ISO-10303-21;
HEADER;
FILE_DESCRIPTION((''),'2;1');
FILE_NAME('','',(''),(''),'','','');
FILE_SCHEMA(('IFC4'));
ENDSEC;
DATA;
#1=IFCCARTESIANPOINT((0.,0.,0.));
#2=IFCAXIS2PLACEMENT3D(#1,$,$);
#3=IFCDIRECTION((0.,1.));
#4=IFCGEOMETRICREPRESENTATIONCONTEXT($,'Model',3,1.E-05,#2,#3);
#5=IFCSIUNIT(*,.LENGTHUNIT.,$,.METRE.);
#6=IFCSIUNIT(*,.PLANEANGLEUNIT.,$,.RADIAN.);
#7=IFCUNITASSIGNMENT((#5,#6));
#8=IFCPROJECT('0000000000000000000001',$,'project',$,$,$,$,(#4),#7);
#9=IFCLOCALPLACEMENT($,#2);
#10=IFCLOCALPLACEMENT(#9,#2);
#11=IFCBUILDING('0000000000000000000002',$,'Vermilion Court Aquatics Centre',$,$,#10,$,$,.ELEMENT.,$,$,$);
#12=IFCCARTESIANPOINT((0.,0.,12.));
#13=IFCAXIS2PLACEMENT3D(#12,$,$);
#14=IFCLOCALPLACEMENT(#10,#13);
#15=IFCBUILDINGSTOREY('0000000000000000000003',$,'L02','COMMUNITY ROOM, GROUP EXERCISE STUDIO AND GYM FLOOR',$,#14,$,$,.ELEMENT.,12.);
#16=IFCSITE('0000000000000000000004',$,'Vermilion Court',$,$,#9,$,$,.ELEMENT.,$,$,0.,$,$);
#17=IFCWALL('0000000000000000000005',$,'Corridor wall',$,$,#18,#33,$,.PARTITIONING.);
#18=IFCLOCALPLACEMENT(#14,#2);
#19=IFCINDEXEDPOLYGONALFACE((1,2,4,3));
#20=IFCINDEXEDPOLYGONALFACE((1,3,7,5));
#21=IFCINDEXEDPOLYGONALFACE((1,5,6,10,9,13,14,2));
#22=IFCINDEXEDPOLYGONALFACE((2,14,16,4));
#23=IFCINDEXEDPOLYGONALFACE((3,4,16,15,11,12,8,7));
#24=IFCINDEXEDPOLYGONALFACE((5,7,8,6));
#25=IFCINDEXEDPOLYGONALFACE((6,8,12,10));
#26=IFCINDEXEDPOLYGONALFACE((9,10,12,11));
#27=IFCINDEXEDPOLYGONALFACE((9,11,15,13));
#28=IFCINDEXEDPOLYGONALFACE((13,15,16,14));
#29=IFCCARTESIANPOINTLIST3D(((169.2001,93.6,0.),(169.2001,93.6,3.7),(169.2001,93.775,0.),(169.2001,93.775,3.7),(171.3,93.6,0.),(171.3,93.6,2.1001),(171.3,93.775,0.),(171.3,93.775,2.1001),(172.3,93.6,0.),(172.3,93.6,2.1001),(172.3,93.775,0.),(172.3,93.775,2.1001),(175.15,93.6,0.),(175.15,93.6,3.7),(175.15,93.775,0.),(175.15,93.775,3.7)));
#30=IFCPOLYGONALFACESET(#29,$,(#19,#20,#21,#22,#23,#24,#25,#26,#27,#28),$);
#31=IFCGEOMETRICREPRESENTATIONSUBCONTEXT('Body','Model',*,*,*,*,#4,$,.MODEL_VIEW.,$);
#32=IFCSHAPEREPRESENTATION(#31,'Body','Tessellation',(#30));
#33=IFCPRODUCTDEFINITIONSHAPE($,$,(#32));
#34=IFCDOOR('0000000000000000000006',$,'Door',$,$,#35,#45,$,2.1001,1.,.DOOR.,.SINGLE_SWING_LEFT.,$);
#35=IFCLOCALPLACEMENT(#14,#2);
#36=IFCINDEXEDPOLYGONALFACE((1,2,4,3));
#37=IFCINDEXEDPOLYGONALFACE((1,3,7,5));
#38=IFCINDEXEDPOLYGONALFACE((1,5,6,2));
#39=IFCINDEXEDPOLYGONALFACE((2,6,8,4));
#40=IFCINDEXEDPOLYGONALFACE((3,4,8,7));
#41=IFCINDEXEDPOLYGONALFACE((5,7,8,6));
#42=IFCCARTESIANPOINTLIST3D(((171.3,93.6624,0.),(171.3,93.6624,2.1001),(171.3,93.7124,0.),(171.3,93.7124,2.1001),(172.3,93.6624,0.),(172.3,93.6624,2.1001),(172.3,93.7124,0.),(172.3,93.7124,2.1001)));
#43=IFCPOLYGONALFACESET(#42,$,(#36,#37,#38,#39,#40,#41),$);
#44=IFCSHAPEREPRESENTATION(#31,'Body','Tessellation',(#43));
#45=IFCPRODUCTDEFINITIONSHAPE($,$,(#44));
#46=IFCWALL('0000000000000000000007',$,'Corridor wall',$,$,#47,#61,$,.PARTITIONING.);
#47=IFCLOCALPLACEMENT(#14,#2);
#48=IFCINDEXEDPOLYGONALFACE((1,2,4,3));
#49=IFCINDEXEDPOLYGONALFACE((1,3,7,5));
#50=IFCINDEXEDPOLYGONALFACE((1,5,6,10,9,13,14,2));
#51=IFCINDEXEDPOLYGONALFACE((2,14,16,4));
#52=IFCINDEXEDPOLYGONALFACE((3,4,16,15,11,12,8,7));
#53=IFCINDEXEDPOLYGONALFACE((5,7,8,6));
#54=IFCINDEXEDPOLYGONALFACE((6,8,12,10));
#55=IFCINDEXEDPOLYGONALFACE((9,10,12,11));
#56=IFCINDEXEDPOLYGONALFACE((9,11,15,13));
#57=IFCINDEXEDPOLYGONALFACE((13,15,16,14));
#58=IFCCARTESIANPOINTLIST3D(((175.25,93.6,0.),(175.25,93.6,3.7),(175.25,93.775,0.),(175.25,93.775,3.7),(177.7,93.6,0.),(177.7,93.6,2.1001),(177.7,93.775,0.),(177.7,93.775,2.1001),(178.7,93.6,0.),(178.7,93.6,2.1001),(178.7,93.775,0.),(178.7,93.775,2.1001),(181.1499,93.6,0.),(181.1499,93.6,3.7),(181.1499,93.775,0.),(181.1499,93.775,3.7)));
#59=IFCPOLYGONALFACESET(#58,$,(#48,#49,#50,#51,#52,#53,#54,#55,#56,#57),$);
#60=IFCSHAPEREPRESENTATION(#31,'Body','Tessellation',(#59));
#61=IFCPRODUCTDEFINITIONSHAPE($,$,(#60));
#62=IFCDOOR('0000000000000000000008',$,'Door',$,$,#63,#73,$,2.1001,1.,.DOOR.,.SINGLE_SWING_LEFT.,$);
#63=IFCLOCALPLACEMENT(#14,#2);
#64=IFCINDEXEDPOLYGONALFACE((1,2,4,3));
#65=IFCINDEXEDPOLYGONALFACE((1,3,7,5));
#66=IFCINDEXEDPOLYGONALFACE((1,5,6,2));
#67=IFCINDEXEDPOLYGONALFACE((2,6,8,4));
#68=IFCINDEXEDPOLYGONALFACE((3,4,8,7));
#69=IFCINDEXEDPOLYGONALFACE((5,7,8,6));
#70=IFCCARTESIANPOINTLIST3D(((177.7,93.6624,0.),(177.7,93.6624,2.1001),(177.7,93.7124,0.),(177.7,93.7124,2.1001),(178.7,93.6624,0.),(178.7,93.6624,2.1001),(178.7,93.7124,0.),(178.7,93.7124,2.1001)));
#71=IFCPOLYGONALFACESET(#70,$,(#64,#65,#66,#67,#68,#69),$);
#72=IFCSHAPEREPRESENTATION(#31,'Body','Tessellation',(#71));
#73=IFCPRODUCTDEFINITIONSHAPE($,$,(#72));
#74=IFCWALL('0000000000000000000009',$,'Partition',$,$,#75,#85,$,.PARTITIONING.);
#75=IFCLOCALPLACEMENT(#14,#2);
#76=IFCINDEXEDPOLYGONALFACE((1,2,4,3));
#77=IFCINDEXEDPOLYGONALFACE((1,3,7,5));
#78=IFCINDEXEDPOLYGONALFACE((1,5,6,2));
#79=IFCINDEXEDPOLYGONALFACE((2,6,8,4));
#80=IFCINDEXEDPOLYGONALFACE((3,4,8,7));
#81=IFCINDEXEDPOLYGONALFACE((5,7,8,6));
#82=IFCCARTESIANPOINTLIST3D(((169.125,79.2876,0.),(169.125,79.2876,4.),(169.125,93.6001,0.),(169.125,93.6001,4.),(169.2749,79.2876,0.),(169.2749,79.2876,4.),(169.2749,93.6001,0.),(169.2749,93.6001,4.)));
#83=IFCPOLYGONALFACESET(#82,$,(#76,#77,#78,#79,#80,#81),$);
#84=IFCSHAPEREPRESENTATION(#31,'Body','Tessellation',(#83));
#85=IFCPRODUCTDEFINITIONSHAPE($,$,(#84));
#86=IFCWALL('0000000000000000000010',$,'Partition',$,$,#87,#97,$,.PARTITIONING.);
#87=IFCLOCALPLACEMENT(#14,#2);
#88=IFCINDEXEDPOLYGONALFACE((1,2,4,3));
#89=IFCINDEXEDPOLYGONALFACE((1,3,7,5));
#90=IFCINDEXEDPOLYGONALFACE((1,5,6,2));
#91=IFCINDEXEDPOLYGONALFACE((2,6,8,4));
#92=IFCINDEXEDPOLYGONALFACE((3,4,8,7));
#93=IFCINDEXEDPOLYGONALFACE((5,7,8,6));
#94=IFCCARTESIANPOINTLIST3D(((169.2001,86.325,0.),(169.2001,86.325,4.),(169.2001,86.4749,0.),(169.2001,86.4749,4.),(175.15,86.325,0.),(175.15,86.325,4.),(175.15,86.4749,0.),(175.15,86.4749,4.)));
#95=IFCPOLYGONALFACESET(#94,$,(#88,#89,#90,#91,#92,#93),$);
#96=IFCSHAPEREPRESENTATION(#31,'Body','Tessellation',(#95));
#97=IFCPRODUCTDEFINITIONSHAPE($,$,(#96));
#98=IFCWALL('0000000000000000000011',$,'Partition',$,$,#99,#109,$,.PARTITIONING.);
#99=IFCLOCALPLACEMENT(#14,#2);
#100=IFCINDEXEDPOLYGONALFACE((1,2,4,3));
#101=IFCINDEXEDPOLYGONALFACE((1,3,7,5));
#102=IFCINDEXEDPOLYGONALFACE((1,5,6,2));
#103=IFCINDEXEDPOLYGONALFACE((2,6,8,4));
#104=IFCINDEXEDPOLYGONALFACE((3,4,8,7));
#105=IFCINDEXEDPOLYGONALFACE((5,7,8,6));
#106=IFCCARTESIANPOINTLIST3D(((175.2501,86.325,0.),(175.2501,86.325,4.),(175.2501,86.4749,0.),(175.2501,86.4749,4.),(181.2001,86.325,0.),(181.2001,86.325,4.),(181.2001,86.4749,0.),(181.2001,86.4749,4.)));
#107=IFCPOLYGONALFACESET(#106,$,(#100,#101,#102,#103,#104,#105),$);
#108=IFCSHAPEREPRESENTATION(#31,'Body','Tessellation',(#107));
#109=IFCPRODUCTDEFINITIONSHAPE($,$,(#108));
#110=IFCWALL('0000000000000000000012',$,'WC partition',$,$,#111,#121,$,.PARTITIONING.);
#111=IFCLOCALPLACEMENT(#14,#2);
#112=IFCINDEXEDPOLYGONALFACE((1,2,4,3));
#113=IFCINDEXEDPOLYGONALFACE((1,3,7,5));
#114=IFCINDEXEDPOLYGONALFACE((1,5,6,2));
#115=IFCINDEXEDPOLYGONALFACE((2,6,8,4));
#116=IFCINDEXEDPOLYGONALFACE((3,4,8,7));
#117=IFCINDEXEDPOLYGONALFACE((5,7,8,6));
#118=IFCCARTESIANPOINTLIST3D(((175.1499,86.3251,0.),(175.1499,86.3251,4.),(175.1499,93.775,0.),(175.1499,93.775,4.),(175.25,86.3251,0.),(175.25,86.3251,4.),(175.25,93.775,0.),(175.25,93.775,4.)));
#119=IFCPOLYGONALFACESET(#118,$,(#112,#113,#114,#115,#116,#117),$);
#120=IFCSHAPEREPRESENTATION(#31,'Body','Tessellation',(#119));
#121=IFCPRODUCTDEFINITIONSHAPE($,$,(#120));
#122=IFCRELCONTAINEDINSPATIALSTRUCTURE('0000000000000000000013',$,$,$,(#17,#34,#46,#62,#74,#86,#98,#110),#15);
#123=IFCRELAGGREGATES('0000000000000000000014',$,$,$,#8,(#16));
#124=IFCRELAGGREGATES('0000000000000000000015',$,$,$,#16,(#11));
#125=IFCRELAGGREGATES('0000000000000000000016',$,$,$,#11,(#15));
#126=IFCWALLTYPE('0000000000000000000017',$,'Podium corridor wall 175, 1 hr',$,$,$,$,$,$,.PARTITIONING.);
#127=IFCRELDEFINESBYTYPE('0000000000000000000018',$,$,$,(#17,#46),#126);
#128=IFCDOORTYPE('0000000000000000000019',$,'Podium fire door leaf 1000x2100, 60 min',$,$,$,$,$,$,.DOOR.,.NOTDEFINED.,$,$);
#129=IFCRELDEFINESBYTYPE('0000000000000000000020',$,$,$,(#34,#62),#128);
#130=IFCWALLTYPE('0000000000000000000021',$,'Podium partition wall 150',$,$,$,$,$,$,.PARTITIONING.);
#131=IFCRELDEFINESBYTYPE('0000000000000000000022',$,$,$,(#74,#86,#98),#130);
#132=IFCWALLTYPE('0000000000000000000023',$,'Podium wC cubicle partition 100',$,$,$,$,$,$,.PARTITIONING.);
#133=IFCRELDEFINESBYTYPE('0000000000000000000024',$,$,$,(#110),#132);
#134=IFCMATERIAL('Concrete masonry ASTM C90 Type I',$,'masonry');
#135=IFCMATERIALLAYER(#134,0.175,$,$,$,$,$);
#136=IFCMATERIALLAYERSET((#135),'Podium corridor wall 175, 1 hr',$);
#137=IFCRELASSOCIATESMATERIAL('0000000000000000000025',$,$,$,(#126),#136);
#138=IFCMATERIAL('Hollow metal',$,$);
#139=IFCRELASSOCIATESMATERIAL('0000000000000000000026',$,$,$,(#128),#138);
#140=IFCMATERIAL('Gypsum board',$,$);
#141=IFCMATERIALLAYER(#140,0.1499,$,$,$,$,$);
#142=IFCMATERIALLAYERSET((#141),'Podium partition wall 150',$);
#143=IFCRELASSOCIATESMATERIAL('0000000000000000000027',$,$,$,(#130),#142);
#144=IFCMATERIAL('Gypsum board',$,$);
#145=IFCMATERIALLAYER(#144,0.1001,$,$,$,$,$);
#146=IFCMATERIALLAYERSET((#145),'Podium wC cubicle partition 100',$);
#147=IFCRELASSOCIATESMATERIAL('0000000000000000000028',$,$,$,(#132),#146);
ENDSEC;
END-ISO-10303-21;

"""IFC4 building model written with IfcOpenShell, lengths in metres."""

from ifc_helpers import new_model, si_unit, direction, frame, frame_2d, origin, place, context, subcontext, project, spatial, rectangle, extrude, material, layer, layer_set, type_object, element, fill, save


model = new_model("IFC4")

# Units and contexts
model_context = context("Model", 3, precision=1e-05, world=origin(), true_north=direction((0.0, 1.0)))
body_context = subcontext(model_context, "Body", "Model", "MODEL_VIEW")
ifc_project = project(units=[si_unit("LENGTHUNIT", "METRE"), si_unit("PLANEANGLEUNIT", "RADIAN")], contexts=[model_context])

# Site, building, storey
site_placement = place(None, origin())
site = spatial("IfcSite", under=ifc_project, at=site_placement, Name="Vermilion Court", CompositionType="ELEMENT", RefElevation=0.0)
building_placement = place(site_placement, origin())
building = spatial("IfcBuilding", under=site, at=building_placement, Name="Vermilion Court Aquatics Centre", CompositionType="ELEMENT")
storey_placement = place(building_placement, frame((0.0, 0.0, 12.0)))
storey = spatial("IfcBuildingStorey", under=building, at=storey_placement, Name="L02", Description="COMMUNITY ROOM, GROUP EXERCISE STUDIO AND GYM FLOOR", CompositionType="ELEMENT", Elevation=12.0)

# Shared definitions
ifc_material_1 = material(Name="Concrete masonry ASTM C90 Type I", Category="masonry")
ifc_layer_1 = layer(ifc_material_1, 0.175)
ifc_layer_set_1 = layer_set([ifc_layer_1], Name="Podium corridor wall 175, 1 hr")
wall_type_1 = type_object("IfcWallType", Name="Podium corridor wall 175, 1 hr", PredefinedType="PARTITIONING", material=ifc_layer_set_1)

# Walls, openings, doors
wall_1_placement = place(storey_placement, frame((169.2, 93.6875, 0.0), z_axis=(0.0, 0.0, 1.0), x_axis=(1.0, 0.0, 0.0)))
wall_1 = element("IfcWall", 1, at=wall_1_placement, inside=storey, type_object=wall_type_1, Name="Corridor wall", PredefinedType="PARTITIONING", context=body_context, shape_type="SweptSolid", body=[
    extrude(rectangle(XDim=5.95, YDim=0.175, at=frame_2d((2.9751, 0.0))), origin(), (0.0, 0.0, 1.0), 3.7),
])
opening_1_placement = place(wall_1_placement, frame((2.1001, 0.0, 0.0)))
opening_1 = element("IfcOpeningElement", 2, at=opening_1_placement, cuts=wall_1, PredefinedType="OPENING", context=body_context, shape_type="SweptSolid", body=[
    extrude(rectangle(XDim=1.0, YDim=2.1001, at=frame_2d((0.5, 1.05))), frame((0.0, 0.0974, 0.0), z_axis=(0.0, -1.0, 0.0), x_axis=(1.0, 0.0, 0.0)), (0.0, 0.0, 1.0), 0.1951),
])
ifc_material_2 = material(Name="Hollow metal")
door_type_1 = type_object("IfcDoorType", Name="Podium fire door leaf 1000x2100, 60 min", OperationType="NOTDEFINED", PredefinedType="DOOR", material=ifc_material_2)
door_1_placement = place(opening_1_placement, frame((1.0, 0.0, 0.0), z_axis=(0.0, 0.0, 1.0), x_axis=(-1.0, 0.0, 0.0)))
door_1 = element("IfcDoor", 3, at=door_1_placement, inside=storey, type_object=door_type_1, Name="Door", OperationType="SINGLE_SWING_LEFT", OverallHeight=2.1001, OverallWidth=1.0, PredefinedType="DOOR", context=body_context, shape_type="SweptSolid", body=[
    extrude(rectangle(XDim=1.0, YDim=2.1001, at=frame_2d((0.5, 1.05))), frame((0.0, 0.0251, 0.0), z_axis=(0.0, -1.0, 0.0), x_axis=(1.0, 0.0, 0.0)), (0.0, 0.0, 1.0), 0.05),
])
fill(opening_1, door_1)
wall_2_placement = place(storey_placement, frame((175.25, 93.6875, 0.0), z_axis=(0.0, 0.0, 1.0), x_axis=(1.0, 0.0, 0.0)))
wall_2 = element("IfcWall", 4, at=wall_2_placement, inside=storey, type_object=wall_type_1, Name="Corridor wall", PredefinedType="PARTITIONING", context=body_context, shape_type="SweptSolid", body=[
    extrude(rectangle(XDim=5.8999, YDim=0.175, at=frame_2d((2.95, 0.0))), origin(), (0.0, 0.0, 1.0), 3.7),
])
opening_2_placement = place(wall_2_placement, frame((2.45, 0.0, 0.0)))
opening_2 = element("IfcOpeningElement", 5, at=opening_2_placement, cuts=wall_2, PredefinedType="OPENING", context=body_context, shape_type="SweptSolid", body=[
    extrude(rectangle(XDim=1.0, YDim=2.1001, at=frame_2d((0.5, 1.05))), frame((0.0, 0.0974, 0.0), z_axis=(0.0, -1.0, 0.0), x_axis=(1.0, 0.0, 0.0)), (0.0, 0.0, 1.0), 0.1951),
])
door_2_placement = place(opening_2_placement, frame((1.0, 0.0, 0.0), z_axis=(0.0, 0.0, 1.0), x_axis=(-1.0, 0.0, 0.0)))
door_2 = element("IfcDoor", 6, at=door_2_placement, inside=storey, type_object=door_type_1, Name="Door", OperationType="SINGLE_SWING_LEFT", OverallHeight=2.1001, OverallWidth=1.0, PredefinedType="DOOR", context=body_context, shape_type="SweptSolid", body=[
    extrude(rectangle(XDim=1.0, YDim=2.1001, at=frame_2d((0.5, 1.05))), frame((0.0, 0.0251, 0.0), z_axis=(0.0, -1.0, 0.0), x_axis=(1.0, 0.0, 0.0)), (0.0, 0.0, 1.0), 0.05),
])
fill(opening_2, door_2)

# Walls
ifc_material_3 = material(Name="Gypsum board")
ifc_layer_2 = layer(ifc_material_3, 0.1499)
ifc_layer_set_2 = layer_set([ifc_layer_2], Name="Podium partition wall 150")
wall_type_2 = type_object("IfcWallType", Name="Podium partition wall 150", PredefinedType="PARTITIONING", material=ifc_layer_set_2)
wall_3_placement = place(storey_placement, frame((169.2, 79.2876, 0.0), z_axis=(0.0, 0.0, 1.0), x_axis=(0.0, 1.0, 0.0)))
element("IfcWall", 7, at=wall_3_placement, inside=storey, type_object=wall_type_2, Name="Partition", PredefinedType="PARTITIONING", context=body_context, shape_type="SweptSolid", body=[
    extrude(rectangle(XDim=14.3125, YDim=0.1499, at=frame_2d((7.1562, 0.0))), origin(), (0.0, 0.0, 1.0), 4.0),
])
for number, where, z_axis, x_axis, name in (
    (8, (169.2, 86.3999, 0.0), (0.0, 0.0, 1.0), (1.0, 0.0, 0.0), "Partition"),
    (9, (175.25, 86.3999, 0.0), (0.0, 0.0, 1.0), (1.0, 0.0, 0.0), "Partition"),
):
    element("IfcWall", number, at=place(storey_placement, frame(where, z_axis=z_axis, x_axis=x_axis)), inside=storey, type_object=wall_type_2, Name=name, PredefinedType="PARTITIONING", context=body_context, shape_type="SweptSolid", body=[
        extrude(rectangle(XDim=5.95, YDim=0.1499, at=frame_2d((2.9751, 0.0))), origin(), (0.0, 0.0, 1.0), 4.0),
    ])
ifc_material_4 = material(Name="Gypsum board")
ifc_layer_3 = layer(ifc_material_4, 0.1001)
ifc_layer_set_3 = layer_set([ifc_layer_3], Name="Podium wC cubicle partition 100")
wall_type_3 = type_object("IfcWallType", Name="Podium wC cubicle partition 100", PredefinedType="PARTITIONING", material=ifc_layer_set_3)
wall_4_placement = place(storey_placement, frame((175.2, 86.325, 0.0), z_axis=(0.0, 0.0, 1.0), x_axis=(0.0, 1.0, 0.0)))
element("IfcWall", 10, at=wall_4_placement, inside=storey, type_object=wall_type_3, Name="WC partition", PredefinedType="PARTITIONING", context=body_context, shape_type="SweptSolid", body=[
    extrude(rectangle(XDim=7.45, YDim=0.1001, at=frame_2d((3.7251, 0.0))), origin(), (0.0, 0.0, 1.0), 4.0),
])

save(model, "model.ifc")
